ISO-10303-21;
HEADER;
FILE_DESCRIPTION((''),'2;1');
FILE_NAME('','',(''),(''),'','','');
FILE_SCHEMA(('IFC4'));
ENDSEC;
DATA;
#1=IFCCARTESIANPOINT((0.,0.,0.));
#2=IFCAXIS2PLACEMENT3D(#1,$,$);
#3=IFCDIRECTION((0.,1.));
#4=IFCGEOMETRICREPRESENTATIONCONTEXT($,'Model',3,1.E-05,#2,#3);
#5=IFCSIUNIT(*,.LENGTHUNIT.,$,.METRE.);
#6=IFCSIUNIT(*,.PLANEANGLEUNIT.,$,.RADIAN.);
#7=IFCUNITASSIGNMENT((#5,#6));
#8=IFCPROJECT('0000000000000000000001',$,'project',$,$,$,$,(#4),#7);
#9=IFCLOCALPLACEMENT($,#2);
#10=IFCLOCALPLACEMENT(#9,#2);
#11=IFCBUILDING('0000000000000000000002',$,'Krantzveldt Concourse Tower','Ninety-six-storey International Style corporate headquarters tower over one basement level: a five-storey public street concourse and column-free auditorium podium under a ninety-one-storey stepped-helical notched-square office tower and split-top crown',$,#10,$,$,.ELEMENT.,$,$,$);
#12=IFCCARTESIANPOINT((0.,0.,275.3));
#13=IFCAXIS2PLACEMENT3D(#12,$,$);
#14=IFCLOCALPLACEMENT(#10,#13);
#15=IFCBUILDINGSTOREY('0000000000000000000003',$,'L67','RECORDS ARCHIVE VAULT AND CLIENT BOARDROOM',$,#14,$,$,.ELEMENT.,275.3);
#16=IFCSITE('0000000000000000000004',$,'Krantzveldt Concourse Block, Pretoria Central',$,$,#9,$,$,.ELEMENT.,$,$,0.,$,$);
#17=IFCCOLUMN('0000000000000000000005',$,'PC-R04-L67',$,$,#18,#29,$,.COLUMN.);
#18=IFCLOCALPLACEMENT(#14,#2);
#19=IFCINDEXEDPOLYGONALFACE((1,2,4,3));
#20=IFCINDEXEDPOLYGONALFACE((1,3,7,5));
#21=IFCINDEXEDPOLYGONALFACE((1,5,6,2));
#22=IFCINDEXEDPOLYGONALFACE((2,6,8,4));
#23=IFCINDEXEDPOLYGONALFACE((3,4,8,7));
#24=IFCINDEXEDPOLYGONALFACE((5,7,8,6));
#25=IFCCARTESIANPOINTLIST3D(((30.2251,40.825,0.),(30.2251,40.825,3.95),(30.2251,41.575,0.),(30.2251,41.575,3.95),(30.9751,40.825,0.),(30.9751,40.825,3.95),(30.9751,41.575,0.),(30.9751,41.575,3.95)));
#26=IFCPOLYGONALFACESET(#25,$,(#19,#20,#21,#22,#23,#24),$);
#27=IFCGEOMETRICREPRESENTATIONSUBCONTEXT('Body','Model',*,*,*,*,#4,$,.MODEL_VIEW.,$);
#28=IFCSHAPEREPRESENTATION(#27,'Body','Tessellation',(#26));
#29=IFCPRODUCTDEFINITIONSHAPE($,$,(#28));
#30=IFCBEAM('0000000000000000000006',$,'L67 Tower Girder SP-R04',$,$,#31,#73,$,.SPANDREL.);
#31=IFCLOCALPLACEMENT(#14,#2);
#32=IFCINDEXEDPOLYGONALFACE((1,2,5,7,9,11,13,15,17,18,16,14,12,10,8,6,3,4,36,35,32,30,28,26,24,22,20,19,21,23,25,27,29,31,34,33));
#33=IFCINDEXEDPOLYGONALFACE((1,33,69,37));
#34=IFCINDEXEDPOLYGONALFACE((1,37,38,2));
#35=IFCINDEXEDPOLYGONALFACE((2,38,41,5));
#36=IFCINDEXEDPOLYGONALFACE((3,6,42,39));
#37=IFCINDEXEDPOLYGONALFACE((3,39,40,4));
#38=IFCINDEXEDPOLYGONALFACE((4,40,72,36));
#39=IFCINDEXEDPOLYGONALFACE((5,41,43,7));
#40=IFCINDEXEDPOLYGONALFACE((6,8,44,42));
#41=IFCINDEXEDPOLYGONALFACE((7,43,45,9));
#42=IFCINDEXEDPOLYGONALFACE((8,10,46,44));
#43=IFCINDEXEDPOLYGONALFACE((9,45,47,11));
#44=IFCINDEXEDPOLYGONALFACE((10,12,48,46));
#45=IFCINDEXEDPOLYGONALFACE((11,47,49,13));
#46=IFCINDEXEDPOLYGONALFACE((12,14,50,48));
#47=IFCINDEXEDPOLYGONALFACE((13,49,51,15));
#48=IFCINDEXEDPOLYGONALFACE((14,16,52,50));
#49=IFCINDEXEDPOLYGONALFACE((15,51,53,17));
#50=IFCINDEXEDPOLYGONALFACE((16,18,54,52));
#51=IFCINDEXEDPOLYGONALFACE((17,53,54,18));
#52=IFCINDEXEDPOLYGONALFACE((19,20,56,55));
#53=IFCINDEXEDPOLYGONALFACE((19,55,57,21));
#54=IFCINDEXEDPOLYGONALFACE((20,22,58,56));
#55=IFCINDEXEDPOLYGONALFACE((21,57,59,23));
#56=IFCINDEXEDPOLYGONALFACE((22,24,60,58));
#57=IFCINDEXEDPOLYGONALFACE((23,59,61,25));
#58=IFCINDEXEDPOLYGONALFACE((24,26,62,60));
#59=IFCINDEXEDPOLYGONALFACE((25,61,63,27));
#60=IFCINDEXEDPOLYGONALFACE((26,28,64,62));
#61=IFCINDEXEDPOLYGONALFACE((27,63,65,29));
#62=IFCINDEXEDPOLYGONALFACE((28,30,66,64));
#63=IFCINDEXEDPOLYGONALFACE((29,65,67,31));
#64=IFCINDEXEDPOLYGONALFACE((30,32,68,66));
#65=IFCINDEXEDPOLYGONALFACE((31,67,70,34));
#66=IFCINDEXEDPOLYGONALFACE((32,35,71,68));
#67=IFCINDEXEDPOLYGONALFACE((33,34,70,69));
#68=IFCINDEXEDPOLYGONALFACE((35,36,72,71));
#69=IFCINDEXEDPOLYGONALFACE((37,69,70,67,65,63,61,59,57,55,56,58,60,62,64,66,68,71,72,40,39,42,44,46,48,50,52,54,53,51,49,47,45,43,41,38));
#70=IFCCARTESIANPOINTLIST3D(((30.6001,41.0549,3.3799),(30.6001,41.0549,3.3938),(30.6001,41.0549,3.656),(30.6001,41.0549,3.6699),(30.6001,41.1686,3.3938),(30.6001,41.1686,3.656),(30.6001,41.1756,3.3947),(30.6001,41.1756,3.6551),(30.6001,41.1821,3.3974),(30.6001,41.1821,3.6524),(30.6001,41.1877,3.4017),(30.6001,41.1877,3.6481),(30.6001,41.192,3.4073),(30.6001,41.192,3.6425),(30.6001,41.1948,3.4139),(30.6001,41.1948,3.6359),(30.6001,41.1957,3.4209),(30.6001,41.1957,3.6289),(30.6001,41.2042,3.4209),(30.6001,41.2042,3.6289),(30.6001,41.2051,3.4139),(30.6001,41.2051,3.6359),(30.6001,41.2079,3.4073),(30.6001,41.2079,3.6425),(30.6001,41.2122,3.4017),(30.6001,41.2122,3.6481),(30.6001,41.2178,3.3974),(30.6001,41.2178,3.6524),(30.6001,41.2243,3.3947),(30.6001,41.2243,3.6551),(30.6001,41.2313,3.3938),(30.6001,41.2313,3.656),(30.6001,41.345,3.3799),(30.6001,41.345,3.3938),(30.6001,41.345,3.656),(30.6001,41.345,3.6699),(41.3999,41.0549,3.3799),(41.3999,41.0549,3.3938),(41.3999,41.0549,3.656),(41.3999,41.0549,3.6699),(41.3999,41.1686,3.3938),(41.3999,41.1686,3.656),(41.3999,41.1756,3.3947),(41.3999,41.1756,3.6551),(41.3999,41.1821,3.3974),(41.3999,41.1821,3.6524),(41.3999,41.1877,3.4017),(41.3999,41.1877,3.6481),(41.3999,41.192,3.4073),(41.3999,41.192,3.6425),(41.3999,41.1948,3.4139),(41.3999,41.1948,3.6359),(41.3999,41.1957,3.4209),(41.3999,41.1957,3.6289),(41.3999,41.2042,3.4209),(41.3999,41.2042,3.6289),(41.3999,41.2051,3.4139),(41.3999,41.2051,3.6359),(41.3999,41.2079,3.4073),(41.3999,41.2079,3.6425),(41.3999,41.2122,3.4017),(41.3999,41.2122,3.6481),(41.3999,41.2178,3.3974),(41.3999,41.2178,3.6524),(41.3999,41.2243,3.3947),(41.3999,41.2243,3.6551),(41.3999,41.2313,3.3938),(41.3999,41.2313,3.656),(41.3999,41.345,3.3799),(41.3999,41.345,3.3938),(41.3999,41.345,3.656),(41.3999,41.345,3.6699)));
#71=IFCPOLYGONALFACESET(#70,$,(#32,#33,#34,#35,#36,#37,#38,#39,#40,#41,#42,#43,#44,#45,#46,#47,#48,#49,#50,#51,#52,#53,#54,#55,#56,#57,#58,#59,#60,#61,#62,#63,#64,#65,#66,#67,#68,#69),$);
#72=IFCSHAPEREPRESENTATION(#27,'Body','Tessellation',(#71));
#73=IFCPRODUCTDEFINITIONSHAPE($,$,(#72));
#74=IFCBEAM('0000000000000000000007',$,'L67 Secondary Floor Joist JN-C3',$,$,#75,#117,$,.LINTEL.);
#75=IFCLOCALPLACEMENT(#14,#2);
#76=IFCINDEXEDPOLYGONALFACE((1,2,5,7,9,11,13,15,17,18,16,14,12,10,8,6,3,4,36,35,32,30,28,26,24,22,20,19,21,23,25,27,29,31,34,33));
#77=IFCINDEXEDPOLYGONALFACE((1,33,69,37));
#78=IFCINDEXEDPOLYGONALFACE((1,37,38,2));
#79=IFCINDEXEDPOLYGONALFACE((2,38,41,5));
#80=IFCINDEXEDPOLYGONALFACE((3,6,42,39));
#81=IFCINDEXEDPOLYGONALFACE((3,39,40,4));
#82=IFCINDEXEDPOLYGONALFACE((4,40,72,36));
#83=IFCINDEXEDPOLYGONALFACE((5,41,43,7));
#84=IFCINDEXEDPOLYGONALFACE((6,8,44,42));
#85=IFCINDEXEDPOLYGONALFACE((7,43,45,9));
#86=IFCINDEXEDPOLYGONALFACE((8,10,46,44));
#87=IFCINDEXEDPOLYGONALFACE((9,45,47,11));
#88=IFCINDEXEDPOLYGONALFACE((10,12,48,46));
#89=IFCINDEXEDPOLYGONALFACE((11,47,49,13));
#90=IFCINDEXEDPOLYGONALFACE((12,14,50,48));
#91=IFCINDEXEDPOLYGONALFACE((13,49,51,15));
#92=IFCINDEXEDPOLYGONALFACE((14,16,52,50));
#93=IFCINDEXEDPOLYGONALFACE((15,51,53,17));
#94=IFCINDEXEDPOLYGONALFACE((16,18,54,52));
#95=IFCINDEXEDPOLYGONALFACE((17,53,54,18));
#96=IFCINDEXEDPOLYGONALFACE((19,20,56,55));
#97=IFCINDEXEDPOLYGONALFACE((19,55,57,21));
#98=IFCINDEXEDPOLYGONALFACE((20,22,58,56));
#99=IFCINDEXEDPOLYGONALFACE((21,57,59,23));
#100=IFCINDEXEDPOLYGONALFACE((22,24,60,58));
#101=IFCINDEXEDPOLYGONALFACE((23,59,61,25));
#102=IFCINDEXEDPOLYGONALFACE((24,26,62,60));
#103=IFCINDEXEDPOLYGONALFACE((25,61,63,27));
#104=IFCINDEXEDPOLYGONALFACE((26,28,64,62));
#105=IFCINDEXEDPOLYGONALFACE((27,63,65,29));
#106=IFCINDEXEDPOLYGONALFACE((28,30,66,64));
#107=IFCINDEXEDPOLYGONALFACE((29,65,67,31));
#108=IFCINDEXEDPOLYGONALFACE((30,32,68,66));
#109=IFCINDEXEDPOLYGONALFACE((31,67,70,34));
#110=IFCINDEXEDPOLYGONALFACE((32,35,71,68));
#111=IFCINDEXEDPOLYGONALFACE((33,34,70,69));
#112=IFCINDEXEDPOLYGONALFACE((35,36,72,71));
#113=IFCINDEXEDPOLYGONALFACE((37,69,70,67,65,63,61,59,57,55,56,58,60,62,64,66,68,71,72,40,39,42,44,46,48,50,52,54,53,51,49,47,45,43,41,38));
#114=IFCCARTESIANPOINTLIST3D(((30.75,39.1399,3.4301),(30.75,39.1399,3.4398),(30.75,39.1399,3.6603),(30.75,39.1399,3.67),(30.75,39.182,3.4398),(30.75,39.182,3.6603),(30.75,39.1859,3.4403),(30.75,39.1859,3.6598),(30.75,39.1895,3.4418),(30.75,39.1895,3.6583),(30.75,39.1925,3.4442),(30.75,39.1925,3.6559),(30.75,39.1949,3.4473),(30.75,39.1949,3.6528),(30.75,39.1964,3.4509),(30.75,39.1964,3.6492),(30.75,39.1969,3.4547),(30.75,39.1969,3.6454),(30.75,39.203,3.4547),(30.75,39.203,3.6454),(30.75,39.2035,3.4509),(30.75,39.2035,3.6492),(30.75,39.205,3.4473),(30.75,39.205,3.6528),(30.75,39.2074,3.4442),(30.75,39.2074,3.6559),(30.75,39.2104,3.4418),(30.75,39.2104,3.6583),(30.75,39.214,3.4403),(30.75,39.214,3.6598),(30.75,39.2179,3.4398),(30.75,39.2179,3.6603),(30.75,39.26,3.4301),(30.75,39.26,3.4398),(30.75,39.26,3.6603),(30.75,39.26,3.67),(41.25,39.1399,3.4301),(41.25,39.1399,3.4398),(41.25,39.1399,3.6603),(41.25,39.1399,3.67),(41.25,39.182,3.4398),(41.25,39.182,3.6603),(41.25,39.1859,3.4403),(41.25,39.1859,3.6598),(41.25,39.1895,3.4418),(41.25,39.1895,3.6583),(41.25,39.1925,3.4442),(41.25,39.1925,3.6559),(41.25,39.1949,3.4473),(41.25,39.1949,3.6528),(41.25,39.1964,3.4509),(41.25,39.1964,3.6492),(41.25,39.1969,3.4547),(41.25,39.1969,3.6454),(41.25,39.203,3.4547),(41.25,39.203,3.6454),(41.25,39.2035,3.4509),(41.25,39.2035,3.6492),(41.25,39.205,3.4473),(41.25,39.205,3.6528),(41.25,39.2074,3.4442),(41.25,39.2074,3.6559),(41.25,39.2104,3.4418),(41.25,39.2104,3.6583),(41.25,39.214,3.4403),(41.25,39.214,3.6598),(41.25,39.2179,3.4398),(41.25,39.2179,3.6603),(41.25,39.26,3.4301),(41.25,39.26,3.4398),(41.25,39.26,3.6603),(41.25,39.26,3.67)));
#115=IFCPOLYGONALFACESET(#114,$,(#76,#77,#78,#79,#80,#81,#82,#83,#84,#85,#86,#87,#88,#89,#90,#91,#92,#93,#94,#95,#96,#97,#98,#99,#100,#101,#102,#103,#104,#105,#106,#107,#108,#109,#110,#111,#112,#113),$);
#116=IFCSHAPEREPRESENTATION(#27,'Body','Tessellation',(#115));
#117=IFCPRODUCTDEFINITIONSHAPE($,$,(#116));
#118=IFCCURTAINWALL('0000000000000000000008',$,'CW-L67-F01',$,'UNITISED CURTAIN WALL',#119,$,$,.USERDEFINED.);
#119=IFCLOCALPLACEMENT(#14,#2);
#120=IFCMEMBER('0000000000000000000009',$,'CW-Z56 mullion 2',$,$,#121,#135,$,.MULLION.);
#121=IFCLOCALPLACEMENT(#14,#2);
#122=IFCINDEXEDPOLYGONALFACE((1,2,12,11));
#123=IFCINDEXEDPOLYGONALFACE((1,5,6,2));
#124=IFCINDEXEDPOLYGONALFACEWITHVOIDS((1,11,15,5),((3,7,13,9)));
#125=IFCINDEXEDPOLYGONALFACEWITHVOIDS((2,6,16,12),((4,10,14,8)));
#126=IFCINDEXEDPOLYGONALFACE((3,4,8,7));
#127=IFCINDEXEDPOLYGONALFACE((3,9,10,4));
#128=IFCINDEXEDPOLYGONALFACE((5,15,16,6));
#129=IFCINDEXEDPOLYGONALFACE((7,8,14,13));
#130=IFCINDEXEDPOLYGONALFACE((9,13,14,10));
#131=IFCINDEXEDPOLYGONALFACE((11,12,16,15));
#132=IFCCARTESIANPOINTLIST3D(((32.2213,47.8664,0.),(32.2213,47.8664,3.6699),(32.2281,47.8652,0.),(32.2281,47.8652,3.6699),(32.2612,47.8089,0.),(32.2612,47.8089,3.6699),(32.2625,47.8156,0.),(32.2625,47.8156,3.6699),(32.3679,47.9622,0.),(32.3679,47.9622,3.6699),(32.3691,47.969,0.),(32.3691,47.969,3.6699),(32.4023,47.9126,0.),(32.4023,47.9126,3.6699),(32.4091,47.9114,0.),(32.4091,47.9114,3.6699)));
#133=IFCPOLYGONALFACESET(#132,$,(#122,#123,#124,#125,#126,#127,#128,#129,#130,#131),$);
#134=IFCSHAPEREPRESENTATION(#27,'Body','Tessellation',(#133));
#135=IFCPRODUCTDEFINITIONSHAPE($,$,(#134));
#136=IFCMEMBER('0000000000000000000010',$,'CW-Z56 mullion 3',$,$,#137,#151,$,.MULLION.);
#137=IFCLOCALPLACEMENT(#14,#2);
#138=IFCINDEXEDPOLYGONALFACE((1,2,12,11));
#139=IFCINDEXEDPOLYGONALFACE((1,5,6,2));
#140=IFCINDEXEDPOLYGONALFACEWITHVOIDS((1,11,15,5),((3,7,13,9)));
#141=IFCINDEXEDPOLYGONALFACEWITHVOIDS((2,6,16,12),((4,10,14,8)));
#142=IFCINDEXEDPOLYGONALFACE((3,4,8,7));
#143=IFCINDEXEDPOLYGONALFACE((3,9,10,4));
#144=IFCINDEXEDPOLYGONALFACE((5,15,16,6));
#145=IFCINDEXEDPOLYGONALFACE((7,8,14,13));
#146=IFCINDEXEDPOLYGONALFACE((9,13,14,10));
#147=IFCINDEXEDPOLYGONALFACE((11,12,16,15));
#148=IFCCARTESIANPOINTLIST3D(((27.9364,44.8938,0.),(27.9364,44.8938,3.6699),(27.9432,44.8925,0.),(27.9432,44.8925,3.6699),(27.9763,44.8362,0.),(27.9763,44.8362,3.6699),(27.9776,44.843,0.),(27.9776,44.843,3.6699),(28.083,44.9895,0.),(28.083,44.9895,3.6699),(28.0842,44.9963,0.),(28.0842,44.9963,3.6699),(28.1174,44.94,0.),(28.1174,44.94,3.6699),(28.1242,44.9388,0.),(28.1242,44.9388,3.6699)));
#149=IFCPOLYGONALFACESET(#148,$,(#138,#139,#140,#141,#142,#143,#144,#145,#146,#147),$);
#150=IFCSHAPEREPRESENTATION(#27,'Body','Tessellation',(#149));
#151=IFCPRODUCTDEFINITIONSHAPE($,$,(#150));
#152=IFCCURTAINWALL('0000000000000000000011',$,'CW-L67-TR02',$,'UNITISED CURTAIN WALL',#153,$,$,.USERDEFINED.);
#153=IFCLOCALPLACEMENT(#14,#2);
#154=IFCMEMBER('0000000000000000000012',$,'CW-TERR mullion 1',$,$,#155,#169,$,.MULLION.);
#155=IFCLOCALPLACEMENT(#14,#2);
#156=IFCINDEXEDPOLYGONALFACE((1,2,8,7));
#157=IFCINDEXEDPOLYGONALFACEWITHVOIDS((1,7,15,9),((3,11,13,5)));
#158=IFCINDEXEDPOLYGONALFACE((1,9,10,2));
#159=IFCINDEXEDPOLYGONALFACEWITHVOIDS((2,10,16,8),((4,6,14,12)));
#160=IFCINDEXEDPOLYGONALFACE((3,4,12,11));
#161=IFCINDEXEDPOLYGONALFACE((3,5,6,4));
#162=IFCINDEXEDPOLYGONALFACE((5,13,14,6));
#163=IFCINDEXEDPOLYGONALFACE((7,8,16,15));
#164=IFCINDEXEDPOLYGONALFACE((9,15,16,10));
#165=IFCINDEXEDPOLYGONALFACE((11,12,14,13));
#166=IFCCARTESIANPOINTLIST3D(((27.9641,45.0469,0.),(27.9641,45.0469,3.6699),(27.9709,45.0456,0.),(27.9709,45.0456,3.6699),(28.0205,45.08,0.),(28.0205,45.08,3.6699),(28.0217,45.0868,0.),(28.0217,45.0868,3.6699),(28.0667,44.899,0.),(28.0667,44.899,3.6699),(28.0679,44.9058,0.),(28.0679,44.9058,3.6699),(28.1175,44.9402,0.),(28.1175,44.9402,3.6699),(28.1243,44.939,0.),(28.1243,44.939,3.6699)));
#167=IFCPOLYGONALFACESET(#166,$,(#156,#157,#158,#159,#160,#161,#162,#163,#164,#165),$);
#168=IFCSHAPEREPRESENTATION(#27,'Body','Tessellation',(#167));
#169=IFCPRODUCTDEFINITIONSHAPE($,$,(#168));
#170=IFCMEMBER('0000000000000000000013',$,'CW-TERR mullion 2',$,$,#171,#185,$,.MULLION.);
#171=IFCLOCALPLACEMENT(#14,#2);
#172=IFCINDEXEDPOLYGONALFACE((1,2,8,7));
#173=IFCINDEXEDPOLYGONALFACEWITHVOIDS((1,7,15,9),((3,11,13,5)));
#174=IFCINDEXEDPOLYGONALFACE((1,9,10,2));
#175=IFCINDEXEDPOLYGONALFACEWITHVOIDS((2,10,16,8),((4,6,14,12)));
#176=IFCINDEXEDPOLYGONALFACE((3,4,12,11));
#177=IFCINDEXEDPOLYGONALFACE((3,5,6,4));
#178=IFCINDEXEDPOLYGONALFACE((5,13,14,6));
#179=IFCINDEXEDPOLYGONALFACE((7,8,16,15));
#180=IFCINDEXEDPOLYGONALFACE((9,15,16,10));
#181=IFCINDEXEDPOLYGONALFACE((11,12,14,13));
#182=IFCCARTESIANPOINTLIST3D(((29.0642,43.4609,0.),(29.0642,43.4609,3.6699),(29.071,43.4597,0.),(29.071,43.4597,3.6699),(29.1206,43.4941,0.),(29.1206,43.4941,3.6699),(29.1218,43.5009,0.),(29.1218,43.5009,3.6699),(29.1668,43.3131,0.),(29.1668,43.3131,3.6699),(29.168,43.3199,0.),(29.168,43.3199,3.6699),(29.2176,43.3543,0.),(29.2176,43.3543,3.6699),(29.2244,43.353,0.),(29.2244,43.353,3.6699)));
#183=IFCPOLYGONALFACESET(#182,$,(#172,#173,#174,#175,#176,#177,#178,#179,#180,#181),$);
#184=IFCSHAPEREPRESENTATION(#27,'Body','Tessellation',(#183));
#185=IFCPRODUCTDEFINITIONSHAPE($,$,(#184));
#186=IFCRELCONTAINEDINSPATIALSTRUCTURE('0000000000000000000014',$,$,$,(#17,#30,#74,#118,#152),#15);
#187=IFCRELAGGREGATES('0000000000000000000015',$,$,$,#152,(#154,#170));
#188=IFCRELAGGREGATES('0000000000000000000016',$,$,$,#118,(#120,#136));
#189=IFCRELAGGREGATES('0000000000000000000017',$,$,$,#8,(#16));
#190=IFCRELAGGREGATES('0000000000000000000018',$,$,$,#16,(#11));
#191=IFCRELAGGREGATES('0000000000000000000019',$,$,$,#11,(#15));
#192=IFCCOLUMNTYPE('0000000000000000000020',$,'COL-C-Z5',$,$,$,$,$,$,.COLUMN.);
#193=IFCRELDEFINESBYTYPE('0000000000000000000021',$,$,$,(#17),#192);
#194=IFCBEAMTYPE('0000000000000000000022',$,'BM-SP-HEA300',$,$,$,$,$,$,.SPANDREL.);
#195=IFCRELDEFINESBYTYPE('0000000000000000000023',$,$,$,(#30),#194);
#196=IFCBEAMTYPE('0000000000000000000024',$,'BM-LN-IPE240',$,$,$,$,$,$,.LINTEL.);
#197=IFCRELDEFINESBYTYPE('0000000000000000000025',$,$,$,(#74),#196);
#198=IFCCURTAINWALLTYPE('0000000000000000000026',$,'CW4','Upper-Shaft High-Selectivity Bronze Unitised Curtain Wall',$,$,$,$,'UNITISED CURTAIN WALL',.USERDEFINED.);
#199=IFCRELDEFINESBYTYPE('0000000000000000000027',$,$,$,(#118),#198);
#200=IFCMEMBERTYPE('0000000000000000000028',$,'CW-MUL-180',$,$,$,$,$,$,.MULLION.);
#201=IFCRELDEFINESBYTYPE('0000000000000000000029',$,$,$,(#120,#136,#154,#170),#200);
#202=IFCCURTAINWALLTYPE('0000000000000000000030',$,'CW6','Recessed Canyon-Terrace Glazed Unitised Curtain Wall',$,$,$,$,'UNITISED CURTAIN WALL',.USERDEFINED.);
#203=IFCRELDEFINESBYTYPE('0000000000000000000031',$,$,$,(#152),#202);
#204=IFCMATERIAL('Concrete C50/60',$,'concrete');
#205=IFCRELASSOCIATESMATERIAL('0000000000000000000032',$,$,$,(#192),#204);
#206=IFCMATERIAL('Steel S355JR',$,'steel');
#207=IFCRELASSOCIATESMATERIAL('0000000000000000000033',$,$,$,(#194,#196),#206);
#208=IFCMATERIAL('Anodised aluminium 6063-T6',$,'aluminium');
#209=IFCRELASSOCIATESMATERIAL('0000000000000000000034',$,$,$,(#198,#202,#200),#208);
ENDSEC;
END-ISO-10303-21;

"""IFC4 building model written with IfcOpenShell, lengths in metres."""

from ifc_helpers import new_model, si_unit, direction, frame, origin, origin_2d, place, context, subcontext, project, spatial, rectangle, hollow_rectangle, i_section, extrude, source, transform, mapped, material, material_profile, profile_set, type_object, type_shapes, element, aggregate, save


model = new_model("IFC4")

# Units and contexts
model_context = context("Model", 3, precision=1e-05, world=origin(), true_north=direction((0.0, 1.0)))
body_context = subcontext(model_context, "Body", "Model", "MODEL_VIEW")
ifc_project = project(units=[si_unit("LENGTHUNIT", "METRE"), si_unit("PLANEANGLEUNIT", "RADIAN")], contexts=[model_context])

# Site, building, storey
site_placement = place(None, origin())
site = spatial("IfcSite", under=ifc_project, at=site_placement, Name="Krantzveldt Concourse Block, Pretoria Central", CompositionType="ELEMENT", RefElevation=0.0)
building_placement = place(site_placement, origin())
building = spatial("IfcBuilding", under=site, at=building_placement, Name="Krantzveldt Concourse Tower", Description="Ninety-six-storey International Style corporate headquarters tower over one basement level: a five-storey public street concourse and column-free auditorium podium under a ninety-one-storey stepped-helical notched-square office tower and split-top crown", CompositionType="ELEMENT")
storey_placement = place(building_placement, frame((0.0, 0.0, 275.3)))
storey = spatial("IfcBuildingStorey", under=building, at=storey_placement, Name="L67", Description="RECORDS ARCHIVE VAULT AND CLIENT BOARDROOM", CompositionType="ELEMENT", Elevation=275.3)

# Column
ifc_material_1 = material(Name="Concrete C50/60", Category="concrete")
ifc_material_profile_1 = material_profile(ifc_material_1, rectangle(XDim=0.75, YDim=0.75, at=origin_2d()), Name="Concrete C50/60", Category="concrete")
ifc_profile_set_1 = profile_set([ifc_material_profile_1], Name="Concrete C50/60 - RC 750x750")
column_type = type_object("IfcColumnType", Name="COL-C-Z5", PredefinedType="COLUMN", material=ifc_profile_set_1)
shared_shape_1 = source(origin(), body_context, "Body", "SweptSolid", [
    extrude(rectangle(XDim=0.75, YDim=0.75, at=origin_2d()), origin(), (0.0, 0.0, 1.0), 3.95),
])
type_shapes(column_type, [shared_shape_1])
column_placement = place(storey_placement, frame((30.6001, 41.2, 0.0), z_axis=(0.0, 0.0, 1.0), x_axis=(1.0, 0.0, 0.0)))
element("IfcColumn", 1, at=column_placement, inside=storey, type_object=column_type, Name="PC-R04-L67", PredefinedType="COLUMN", context=body_context, shape_type="MappedRepresentation", body=[
    mapped(shared_shape_1, transform((0.0, 0.0, 0.0), x_axis=(1.0, 0.0, 0.0), y_axis=(0.0, 1.0, 0.0), z_axis=(0.0, 0.0, 1.0), scale=1.0)),
])

# Beams
ifc_material_2 = material(Name="Steel S355JR", Category="steel")
ifc_material_profile_2 = material_profile(ifc_material_2, i_section(OverallWidth=0.29, OverallDepth=0.29, WebThickness=0.0085, FlangeThickness=0.0139, FilletRadius=0.0271, at=origin_2d()), Name="Steel S355JR", Category="steel")
ifc_profile_set_2 = profile_set([ifc_material_profile_2], Name="Steel S355JR - HEA 300")
beam_type_1 = type_object("IfcBeamType", Name="BM-SP-HEA300", PredefinedType="SPANDREL", material=ifc_profile_set_2)
shared_shape_2 = source(origin(), body_context, "Body", "SweptSolid", [
    extrude(i_section(OverallWidth=0.29, OverallDepth=0.29, WebThickness=0.0085, FlangeThickness=0.0139, FilletRadius=0.0271, at=origin_2d()), origin(), (0.0, 0.0, 1.0), 10.7998),
])
type_shapes(beam_type_1, [shared_shape_2])
beam_1_placement = place(storey_placement, frame((30.6001, 41.2, 3.5249), z_axis=(1.0, 0.0, 0.0), x_axis=(0.0, 1.0, 0.0)))
element("IfcBeam", 2, at=beam_1_placement, inside=storey, type_object=beam_type_1, Name="L67 Tower Girder SP-R04", PredefinedType="SPANDREL", context=body_context, shape_type="MappedRepresentation", body=[
    mapped(shared_shape_2, transform((0.0, 0.0, 0.0), x_axis=(1.0, 0.0, 0.0), y_axis=(0.0, 1.0, 0.0), z_axis=(0.0, 0.0, 1.0), scale=1.0)),
])
ifc_material_profile_3 = material_profile(ifc_material_2, i_section(OverallWidth=0.1201, OverallDepth=0.24, WebThickness=0.0061, FlangeThickness=0.0098, FilletRadius=0.0149, at=origin_2d()), Name="Steel S355JR", Category="steel")
ifc_profile_set_3 = profile_set([ifc_material_profile_3], Name="Steel S355JR - IPE 240")
beam_type_2 = type_object("IfcBeamType", Name="BM-LN-IPE240", PredefinedType="LINTEL", material=ifc_profile_set_3)
shared_shape_3 = source(origin(), body_context, "Body", "SweptSolid", [
    extrude(i_section(OverallWidth=0.1201, OverallDepth=0.24, WebThickness=0.0061, FlangeThickness=0.0098, FilletRadius=0.0149, at=origin_2d()), origin(), (0.0, 0.0, 1.0), 10.5),
])
type_shapes(beam_type_2, [shared_shape_3])
beam_2_placement = place(storey_placement, frame((30.75, 39.2, 3.55), z_axis=(1.0, 0.0, 0.0), x_axis=(0.0, 1.0, 0.0)))
element("IfcBeam", 3, at=beam_2_placement, inside=storey, type_object=beam_type_2, Name="L67 Secondary Floor Joist JN-C3", PredefinedType="LINTEL", context=body_context, shape_type="MappedRepresentation", body=[
    mapped(shared_shape_3, transform((0.0, 0.0, 0.0), x_axis=(1.0, 0.0, 0.0), y_axis=(0.0, 1.0, 0.0), z_axis=(0.0, 0.0, 1.0), scale=1.0)),
])

# Curtain walls, members
ifc_material_3 = material(Name="Anodised aluminium 6063-T6", Category="aluminium")
curtain_wall_type_1 = type_object("IfcCurtainWallType", Name="CW4", Description="Upper-Shaft High-Selectivity Bronze Unitised Curtain Wall", ElementType="UNITISED CURTAIN WALL", PredefinedType="USERDEFINED", material=ifc_material_3)
curtain_wall_1_placement = place(storey_placement, origin())
curtain_wall_1 = element("IfcCurtainWall", 4, at=curtain_wall_1_placement, inside=storey, type_object=curtain_wall_type_1, Name="CW-L67-F01", ObjectType="UNITISED CURTAIN WALL", PredefinedType="USERDEFINED")
ifc_material_profile_4 = material_profile(ifc_material_3, hollow_rectangle(XDim=0.0701, YDim=0.1799, WallThickness=0.0049, at=origin_2d()), Name="Anodised aluminium 6063-T6", Category="aluminium")
ifc_profile_set_4 = profile_set([ifc_material_profile_4], Name="Anodised aluminium 6063-T6 - ALU-MULL 180x70x5")
member_type_1 = type_object("IfcMemberType", Name="CW-MUL-180", PredefinedType="MULLION", material=ifc_profile_set_4)
shared_shape_4 = source(origin(), body_context, "Body", "SweptSolid", [
    extrude(hollow_rectangle(XDim=0.0701, YDim=0.1799, WallThickness=0.0049, at=origin_2d()), origin(), (0.0, 0.0, 1.0), 3.6699),
])
type_shapes(member_type_1, [shared_shape_4])
member_1_placement = place(storey_placement, frame((32.3152, 47.8889, 0.0), z_axis=(0.0, 0.0, 1.0), x_axis=(0.569997, -0.821647, 0.0)))
member_1 = element("IfcMember", 5, at=member_1_placement, type_object=member_type_1, Name="CW-Z56 mullion 2", PredefinedType="MULLION", context=body_context, shape_type="MappedRepresentation", body=[
    mapped(shared_shape_4, transform((0.0, 0.0, 0.0), x_axis=(1.0, 0.0, 0.0), y_axis=(0.0, 1.0, 0.0), z_axis=(0.0, 0.0, 1.0), scale=1.0)),
])
member_2_placement = place(storey_placement, frame((28.0303, 44.9163, 0.0), z_axis=(0.0, 0.0, 1.0), x_axis=(0.569997, -0.821647, 0.0)))
member_2 = element("IfcMember", 6, at=member_2_placement, type_object=member_type_1, Name="CW-Z56 mullion 3", PredefinedType="MULLION", context=body_context, shape_type="MappedRepresentation", body=[
    mapped(shared_shape_4, transform((0.0, 0.0, 0.0), x_axis=(1.0, 0.0, 0.0), y_axis=(0.0, 1.0, 0.0), z_axis=(0.0, 0.0, 1.0), scale=1.0)),
])
curtain_wall_type_2 = type_object("IfcCurtainWallType", Name="CW6", Description="Recessed Canyon-Terrace Glazed Unitised Curtain Wall", ElementType="UNITISED CURTAIN WALL", PredefinedType="USERDEFINED", material=ifc_material_3)
curtain_wall_2_placement = place(storey_placement, origin())
curtain_wall_2 = element("IfcCurtainWall", 7, at=curtain_wall_2_placement, inside=storey, type_object=curtain_wall_type_2, Name="CW-L67-TR02", ObjectType="UNITISED CURTAIN WALL", PredefinedType="USERDEFINED")
member_3_placement = place(storey_placement, frame((28.0442, 44.9929, 0.0), z_axis=(0.0, 0.0, 1.0), x_axis=(0.821646, 0.569998, 0.0)))
member_3 = element("IfcMember", 8, at=member_3_placement, type_object=member_type_1, Name="CW-TERR mullion 1", PredefinedType="MULLION", context=body_context, shape_type="MappedRepresentation", body=[
    mapped(shared_shape_4, transform((0.0, 0.0, 0.0), x_axis=(1.0, 0.0, 0.0), y_axis=(0.0, 1.0, 0.0), z_axis=(0.0, 0.0, 1.0), scale=1.0)),
])
member_4_placement = place(storey_placement, frame((29.1443, 43.407, 0.0), z_axis=(0.0, 0.0, 1.0), x_axis=(0.821646, 0.569998, 0.0)))
member_4 = element("IfcMember", 9, at=member_4_placement, type_object=member_type_1, Name="CW-TERR mullion 2", PredefinedType="MULLION", context=body_context, shape_type="MappedRepresentation", body=[
    mapped(shared_shape_4, transform((0.0, 0.0, 0.0), x_axis=(1.0, 0.0, 0.0), y_axis=(0.0, 1.0, 0.0), z_axis=(0.0, 0.0, 1.0), scale=1.0)),
])

aggregate(curtain_wall_2, [member_3, member_4])
aggregate(curtain_wall_1, [member_1, member_2])

save(model, "model.ifc")
